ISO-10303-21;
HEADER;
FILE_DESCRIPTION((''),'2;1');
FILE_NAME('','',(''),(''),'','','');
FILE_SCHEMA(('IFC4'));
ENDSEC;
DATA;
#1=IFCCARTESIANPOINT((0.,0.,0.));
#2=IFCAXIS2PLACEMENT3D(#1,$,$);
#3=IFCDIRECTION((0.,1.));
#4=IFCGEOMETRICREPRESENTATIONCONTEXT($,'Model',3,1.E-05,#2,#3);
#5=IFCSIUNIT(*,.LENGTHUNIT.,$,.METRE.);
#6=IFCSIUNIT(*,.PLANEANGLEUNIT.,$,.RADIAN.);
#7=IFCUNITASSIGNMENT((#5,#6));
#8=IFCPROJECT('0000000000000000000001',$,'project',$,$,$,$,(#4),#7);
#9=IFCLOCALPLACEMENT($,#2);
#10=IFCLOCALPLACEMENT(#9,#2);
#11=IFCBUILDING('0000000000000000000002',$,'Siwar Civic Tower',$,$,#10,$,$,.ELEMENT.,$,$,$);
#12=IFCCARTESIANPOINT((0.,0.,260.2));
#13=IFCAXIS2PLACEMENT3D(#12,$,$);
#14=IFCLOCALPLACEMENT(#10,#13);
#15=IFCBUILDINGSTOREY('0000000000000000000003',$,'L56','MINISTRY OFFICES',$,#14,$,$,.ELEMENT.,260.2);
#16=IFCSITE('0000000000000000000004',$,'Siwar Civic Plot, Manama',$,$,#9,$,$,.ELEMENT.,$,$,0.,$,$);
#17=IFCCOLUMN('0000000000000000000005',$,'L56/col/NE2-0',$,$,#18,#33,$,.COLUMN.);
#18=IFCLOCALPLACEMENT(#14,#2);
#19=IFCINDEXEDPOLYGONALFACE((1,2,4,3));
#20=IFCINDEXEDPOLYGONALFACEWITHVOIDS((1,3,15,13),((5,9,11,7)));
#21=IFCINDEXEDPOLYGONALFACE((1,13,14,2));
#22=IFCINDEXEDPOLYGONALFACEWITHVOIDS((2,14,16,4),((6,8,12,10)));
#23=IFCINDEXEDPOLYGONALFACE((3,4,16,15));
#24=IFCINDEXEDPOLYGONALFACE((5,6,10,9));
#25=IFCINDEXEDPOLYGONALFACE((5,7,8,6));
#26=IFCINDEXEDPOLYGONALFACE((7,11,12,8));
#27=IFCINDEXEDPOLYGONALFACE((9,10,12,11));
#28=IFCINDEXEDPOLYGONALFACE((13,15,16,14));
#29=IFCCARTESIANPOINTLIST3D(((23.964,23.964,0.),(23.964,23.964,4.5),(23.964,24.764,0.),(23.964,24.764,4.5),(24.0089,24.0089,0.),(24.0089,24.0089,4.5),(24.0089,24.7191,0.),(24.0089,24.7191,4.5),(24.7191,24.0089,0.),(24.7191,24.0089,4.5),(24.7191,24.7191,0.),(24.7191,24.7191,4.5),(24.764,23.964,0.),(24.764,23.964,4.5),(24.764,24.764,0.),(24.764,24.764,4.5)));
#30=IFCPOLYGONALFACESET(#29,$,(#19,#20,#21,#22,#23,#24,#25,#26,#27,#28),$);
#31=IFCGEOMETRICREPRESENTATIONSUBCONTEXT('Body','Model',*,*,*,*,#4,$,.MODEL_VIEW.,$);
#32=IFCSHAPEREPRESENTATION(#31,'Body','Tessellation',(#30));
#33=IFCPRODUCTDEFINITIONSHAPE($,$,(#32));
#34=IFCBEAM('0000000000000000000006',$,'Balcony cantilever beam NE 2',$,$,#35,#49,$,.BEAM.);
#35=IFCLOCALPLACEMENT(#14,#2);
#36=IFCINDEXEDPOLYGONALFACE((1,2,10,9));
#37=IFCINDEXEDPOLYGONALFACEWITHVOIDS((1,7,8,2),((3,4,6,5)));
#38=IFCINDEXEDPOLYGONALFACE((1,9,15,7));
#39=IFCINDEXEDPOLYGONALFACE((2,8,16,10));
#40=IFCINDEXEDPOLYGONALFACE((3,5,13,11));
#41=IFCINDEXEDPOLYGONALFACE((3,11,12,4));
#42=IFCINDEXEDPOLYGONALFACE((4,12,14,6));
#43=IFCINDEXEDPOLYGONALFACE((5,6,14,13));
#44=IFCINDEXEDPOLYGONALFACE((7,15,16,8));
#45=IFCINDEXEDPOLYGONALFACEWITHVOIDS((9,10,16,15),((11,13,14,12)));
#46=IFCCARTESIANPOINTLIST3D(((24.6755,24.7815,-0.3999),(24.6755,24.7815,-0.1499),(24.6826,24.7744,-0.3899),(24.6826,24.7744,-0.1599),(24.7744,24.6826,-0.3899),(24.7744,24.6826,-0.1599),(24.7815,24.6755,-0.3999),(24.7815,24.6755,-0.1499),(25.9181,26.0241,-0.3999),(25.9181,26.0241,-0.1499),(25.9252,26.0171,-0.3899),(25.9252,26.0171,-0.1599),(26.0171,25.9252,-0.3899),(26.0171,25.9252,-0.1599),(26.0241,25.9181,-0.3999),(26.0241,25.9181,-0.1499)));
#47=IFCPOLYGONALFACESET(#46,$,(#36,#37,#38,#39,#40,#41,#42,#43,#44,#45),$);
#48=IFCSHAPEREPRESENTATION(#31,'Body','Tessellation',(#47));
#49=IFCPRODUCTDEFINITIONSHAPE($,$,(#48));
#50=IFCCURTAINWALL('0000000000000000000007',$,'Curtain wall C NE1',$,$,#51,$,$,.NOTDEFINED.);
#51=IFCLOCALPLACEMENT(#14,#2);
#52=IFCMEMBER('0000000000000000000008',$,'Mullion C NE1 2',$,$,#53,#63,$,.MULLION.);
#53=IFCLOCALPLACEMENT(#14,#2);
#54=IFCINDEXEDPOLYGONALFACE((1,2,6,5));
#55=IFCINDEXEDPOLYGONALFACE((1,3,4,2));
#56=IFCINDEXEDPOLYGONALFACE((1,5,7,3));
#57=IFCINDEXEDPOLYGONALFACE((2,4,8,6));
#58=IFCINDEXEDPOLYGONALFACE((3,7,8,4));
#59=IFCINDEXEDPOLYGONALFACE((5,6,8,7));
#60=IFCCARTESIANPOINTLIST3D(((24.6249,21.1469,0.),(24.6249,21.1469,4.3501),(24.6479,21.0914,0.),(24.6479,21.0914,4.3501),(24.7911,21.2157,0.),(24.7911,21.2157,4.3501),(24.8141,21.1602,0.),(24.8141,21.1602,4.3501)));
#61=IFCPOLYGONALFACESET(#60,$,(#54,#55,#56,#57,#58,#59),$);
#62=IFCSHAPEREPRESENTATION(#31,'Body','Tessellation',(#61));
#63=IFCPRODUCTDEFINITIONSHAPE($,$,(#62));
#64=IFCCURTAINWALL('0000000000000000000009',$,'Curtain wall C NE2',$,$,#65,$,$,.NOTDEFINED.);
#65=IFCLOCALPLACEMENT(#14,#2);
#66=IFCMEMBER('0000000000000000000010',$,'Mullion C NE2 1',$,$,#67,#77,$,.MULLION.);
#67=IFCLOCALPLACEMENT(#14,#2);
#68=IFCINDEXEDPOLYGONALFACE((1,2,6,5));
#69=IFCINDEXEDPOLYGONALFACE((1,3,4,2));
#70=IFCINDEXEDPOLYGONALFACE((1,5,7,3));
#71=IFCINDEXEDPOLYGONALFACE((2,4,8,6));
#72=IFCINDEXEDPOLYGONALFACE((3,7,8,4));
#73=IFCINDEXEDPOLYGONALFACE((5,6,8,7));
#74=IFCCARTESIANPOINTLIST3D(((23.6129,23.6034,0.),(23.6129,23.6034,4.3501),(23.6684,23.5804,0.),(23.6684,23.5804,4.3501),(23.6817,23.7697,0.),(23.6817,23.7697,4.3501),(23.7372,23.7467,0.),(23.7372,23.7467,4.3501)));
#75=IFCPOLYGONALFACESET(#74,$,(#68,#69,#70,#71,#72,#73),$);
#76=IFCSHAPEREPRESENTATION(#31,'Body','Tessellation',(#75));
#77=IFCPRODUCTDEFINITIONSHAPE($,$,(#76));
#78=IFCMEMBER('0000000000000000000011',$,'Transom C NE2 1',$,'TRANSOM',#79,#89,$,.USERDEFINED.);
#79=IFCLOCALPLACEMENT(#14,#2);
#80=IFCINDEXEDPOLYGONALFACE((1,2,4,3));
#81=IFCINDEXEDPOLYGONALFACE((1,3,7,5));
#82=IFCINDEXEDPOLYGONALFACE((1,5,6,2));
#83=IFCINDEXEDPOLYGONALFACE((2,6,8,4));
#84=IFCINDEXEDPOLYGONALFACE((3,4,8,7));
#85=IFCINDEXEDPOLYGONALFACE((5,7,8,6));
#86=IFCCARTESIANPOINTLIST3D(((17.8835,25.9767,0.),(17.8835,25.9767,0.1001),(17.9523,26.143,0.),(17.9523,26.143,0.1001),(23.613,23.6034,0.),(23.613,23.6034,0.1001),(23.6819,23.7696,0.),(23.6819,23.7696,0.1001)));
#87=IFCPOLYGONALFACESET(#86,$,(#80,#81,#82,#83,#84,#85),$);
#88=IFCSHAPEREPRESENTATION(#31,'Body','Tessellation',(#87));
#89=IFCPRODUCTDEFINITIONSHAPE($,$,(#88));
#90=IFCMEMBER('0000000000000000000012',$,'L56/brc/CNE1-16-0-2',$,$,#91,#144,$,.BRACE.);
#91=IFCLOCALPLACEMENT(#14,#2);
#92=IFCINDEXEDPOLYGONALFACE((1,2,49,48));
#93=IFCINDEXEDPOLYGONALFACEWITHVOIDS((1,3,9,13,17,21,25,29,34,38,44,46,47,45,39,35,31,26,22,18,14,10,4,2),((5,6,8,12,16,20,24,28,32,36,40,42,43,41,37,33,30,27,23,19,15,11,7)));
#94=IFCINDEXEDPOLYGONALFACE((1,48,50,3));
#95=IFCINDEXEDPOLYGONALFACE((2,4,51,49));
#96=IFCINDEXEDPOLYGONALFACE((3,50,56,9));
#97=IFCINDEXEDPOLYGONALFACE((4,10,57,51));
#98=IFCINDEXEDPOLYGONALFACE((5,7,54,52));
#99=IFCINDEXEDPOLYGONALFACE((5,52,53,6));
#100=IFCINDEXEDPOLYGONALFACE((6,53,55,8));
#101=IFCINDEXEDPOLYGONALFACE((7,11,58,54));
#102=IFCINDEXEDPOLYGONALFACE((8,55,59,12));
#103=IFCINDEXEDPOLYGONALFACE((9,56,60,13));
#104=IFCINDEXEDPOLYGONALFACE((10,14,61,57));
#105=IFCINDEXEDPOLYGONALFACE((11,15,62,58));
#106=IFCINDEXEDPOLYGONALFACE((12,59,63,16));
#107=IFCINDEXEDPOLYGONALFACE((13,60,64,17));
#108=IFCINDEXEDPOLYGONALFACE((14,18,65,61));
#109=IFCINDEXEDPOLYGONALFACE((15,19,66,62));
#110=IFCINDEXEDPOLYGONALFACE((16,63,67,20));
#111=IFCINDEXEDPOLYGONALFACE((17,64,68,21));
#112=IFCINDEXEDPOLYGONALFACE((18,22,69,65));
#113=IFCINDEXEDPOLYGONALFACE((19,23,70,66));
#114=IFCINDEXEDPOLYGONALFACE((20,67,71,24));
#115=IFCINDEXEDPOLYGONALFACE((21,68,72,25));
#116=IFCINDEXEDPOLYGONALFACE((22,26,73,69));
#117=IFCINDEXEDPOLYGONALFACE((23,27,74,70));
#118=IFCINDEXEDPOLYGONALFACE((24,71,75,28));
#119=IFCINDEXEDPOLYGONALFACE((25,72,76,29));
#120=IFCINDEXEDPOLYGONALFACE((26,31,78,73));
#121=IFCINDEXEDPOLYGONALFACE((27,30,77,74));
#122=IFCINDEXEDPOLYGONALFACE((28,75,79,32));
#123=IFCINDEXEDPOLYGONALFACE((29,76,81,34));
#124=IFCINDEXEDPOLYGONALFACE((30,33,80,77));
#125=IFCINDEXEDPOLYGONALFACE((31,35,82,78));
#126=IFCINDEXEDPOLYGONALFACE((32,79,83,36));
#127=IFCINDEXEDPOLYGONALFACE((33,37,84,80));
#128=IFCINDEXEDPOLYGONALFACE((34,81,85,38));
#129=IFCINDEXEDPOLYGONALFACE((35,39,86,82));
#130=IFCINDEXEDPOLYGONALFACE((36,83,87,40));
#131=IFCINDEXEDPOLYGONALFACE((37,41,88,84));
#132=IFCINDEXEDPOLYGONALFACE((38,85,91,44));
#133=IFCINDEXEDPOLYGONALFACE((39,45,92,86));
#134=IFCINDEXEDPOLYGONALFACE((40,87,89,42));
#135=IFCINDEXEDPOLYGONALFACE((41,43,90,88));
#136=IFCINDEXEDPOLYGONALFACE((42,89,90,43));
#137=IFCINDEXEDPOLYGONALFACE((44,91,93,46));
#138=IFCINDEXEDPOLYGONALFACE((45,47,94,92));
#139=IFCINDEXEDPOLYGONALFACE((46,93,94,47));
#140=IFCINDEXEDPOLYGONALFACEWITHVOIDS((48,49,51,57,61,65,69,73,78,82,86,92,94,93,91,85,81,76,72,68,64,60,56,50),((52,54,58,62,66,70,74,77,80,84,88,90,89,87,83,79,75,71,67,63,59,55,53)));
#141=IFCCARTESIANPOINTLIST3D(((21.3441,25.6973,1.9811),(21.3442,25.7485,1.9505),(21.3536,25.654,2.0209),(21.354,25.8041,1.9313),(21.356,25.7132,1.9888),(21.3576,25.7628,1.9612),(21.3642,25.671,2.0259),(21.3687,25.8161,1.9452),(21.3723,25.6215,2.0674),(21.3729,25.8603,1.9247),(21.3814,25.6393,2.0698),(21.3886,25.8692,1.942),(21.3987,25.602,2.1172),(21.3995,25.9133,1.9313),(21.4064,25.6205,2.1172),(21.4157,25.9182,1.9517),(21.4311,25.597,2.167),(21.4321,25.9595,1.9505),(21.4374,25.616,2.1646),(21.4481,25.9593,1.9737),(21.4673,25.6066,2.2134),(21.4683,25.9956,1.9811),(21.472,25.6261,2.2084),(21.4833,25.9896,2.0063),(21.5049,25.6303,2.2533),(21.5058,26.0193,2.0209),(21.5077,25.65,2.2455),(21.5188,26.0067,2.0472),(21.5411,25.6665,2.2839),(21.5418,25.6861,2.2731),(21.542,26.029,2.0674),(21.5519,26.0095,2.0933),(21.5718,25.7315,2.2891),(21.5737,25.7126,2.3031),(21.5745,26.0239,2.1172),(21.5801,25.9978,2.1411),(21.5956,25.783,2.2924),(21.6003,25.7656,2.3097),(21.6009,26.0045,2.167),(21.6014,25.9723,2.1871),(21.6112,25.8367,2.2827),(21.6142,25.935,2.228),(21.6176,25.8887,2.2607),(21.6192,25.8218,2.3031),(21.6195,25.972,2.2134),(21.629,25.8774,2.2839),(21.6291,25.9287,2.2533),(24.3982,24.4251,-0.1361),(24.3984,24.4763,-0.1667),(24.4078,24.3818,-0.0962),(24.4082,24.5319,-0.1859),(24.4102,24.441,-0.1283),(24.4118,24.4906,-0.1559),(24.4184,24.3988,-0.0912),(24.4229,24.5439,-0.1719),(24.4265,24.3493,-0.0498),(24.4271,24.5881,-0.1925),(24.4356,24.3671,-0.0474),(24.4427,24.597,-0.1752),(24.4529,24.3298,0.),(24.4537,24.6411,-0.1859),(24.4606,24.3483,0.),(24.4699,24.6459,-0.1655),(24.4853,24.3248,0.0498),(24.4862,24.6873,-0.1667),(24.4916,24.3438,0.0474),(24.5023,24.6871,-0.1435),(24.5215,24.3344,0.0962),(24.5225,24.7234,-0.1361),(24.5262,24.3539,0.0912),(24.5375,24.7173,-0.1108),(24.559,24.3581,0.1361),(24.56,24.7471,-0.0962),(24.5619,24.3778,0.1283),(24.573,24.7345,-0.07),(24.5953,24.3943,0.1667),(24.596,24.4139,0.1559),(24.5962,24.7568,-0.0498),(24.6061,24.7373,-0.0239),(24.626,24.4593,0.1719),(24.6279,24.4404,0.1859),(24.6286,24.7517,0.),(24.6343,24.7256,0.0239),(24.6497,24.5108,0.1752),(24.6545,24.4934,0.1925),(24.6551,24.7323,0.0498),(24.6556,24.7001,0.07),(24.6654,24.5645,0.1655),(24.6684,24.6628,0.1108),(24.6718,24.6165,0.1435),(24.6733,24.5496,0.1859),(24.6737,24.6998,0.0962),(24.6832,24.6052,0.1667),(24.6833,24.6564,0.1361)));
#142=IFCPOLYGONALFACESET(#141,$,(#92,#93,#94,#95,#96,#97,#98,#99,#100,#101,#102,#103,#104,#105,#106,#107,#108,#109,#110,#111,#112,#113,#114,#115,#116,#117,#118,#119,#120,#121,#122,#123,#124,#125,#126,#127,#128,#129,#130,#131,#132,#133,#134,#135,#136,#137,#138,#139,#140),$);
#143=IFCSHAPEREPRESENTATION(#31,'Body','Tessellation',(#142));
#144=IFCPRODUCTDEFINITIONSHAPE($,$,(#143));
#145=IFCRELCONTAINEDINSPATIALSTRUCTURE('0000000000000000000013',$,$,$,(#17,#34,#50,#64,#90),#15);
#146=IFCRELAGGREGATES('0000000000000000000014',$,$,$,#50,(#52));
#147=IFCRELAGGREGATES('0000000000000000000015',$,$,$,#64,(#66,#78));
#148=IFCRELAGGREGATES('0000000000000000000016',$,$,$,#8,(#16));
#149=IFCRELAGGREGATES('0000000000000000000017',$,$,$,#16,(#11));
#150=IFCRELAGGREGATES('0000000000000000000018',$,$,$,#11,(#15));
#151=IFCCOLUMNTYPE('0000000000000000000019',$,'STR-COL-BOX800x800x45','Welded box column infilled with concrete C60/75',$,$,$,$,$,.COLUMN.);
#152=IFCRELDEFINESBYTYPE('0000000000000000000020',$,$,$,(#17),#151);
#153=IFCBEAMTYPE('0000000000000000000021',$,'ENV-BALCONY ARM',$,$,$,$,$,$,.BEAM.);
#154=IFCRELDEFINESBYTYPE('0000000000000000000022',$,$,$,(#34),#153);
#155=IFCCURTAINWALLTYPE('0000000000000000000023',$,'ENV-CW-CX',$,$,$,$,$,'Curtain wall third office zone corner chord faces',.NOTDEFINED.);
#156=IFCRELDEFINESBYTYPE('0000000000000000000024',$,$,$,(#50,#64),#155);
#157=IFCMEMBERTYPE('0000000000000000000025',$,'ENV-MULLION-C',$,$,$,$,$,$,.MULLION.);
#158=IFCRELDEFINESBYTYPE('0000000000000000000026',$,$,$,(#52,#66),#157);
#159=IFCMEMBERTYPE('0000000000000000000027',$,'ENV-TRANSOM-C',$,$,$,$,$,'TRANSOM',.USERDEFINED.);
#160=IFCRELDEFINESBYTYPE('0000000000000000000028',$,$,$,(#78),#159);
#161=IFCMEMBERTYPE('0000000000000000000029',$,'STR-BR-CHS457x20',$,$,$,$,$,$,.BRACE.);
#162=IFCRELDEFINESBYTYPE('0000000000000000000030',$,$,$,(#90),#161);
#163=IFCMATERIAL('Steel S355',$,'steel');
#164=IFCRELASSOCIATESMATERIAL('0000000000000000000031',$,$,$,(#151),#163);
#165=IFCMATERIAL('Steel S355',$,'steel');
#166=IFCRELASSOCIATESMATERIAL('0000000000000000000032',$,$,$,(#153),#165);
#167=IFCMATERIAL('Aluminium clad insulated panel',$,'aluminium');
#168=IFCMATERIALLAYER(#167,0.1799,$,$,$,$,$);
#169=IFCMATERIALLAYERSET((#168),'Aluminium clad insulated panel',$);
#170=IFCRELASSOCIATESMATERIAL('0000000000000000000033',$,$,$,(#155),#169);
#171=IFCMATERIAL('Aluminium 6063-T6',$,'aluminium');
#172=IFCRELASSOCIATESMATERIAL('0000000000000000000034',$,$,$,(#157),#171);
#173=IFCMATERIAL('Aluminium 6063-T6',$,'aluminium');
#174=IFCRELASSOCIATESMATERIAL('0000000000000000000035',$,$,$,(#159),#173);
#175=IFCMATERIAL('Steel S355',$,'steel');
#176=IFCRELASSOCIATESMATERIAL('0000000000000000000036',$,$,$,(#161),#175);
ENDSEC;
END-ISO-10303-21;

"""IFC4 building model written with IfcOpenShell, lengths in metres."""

from ifc_helpers import new_model, si_unit, direction, frame, origin, origin_2d, place, context, subcontext, project, spatial, rectangle, hollow_rectangle, hollow_circle, extrude, material, layer, layer_set, material_profile, profile_set, type_object, element, aggregate, save


model = new_model("IFC4")

# Units and contexts
model_context = context("Model", 3, precision=1e-05, world=origin(), true_north=direction((0.0, 1.0)))
body_context = subcontext(model_context, "Body", "Model", "MODEL_VIEW")
ifc_project = project(units=[si_unit("LENGTHUNIT", "METRE"), si_unit("PLANEANGLEUNIT", "RADIAN")], contexts=[model_context])

# Site, building, storey
site_placement = place(None, origin())
site = spatial("IfcSite", under=ifc_project, at=site_placement, Name="Siwar Civic Plot, Manama", CompositionType="ELEMENT", RefElevation=0.0)
building_placement = place(site_placement, origin())
building = spatial("IfcBuilding", under=site, at=building_placement, Name="Siwar Civic Tower", CompositionType="ELEMENT")
storey_placement = place(building_placement, frame((0.0, 0.0, 260.2)))
storey = spatial("IfcBuildingStorey", under=building, at=storey_placement, Name="L56", Description="MINISTRY OFFICES", CompositionType="ELEMENT", Elevation=260.2)

# Column
ifc_material_1 = material(Name="Steel S355", Category="steel")
ifc_material_profile_1 = material_profile(ifc_material_1, hollow_rectangle(XDim=0.8, YDim=0.8, WallThickness=0.0449, at=origin_2d()), Name="BOX800x800x45")
ifc_profile_set_1 = profile_set([ifc_material_profile_1], Name="Steel S355")
column_type = type_object("IfcColumnType", Name="STR-COL-BOX800x800x45", Description="Welded box column infilled with concrete C60/75", PredefinedType="COLUMN", material=ifc_profile_set_1)
column_placement = place(storey_placement, frame((24.364, 24.364, 0.0), z_axis=(0.0, 0.0, 1.0), x_axis=(1.0, 0.0, 0.0)))
element("IfcColumn", 1, at=column_placement, inside=storey, type_object=column_type, Name="L56/col/NE2-0", PredefinedType="COLUMN", context=body_context, shape_type="SweptSolid", body=[
    extrude(hollow_rectangle(XDim=0.8, YDim=0.8, WallThickness=0.0449, at=origin_2d()), origin(), (0.0, 0.0, 1.0), 4.5),
])

# Beam
ifc_material_2 = material(Name="Steel S355", Category="steel")
ifc_material_profile_2 = material_profile(ifc_material_2, hollow_rectangle(XDim=0.1499, YDim=0.25, WallThickness=0.01, at=origin_2d()), Name="RHS250x150x10")
ifc_profile_set_2 = profile_set([ifc_material_profile_2], Name="Steel S355")
beam_type_1 = type_object("IfcBeamType", Name="ENV-BALCONY ARM", PredefinedType="BEAM", material=ifc_profile_set_2)
beam_1_placement = place(storey_placement, frame((24.7285, 24.7285, -0.2749), z_axis=(0.707107, 0.707107, 0.0), x_axis=(-0.707107, 0.707107, 0.0)))
element("IfcBeam", 2, at=beam_1_placement, inside=storey, type_object=beam_type_1, Name="Balcony cantilever beam NE 2", PredefinedType="BEAM", context=body_context, shape_type="SweptSolid", body=[
    extrude(hollow_rectangle(XDim=0.1499, YDim=0.25, WallThickness=0.01, at=origin_2d()), origin(), (0.0, 0.0, 1.0), 1.7573),
])

# Curtain wall, member
ifc_material_3 = material(Name="Aluminium clad insulated panel", Category="aluminium")
ifc_layer_1 = layer(ifc_material_3, 0.1799)
ifc_layer_set_1 = layer_set([ifc_layer_1], Name="Aluminium clad insulated panel")
curtain_wall_type = type_object("IfcCurtainWallType", Name="ENV-CW-CX", ElementType="Curtain wall third office zone corner chord faces", PredefinedType="NOTDEFINED", material=ifc_layer_set_1)
curtain_wall_1_placement = place(storey_placement, origin())
curtain_wall_1 = element("IfcCurtainWall", 3, at=curtain_wall_1_placement, inside=storey, type_object=curtain_wall_type, Name="Curtain wall C NE1", PredefinedType="NOTDEFINED")
ifc_material_4 = material(Name="Aluminium 6063-T6", Category="aluminium")
ifc_material_profile_3 = material_profile(ifc_material_4, rectangle(XDim=0.1799, YDim=0.0601, at=origin_2d()), Name="AL 180x60")
ifc_profile_set_3 = profile_set([ifc_material_profile_3], Name="Aluminium 6063-T6")
member_type_1 = type_object("IfcMemberType", Name="ENV-MULLION-C", PredefinedType="MULLION", material=ifc_profile_set_3)
member_1_placement = place(storey_placement, frame((24.7195, 21.1536, 0.0), z_axis=(0.0, 0.0, 1.0), x_axis=(-0.92388, -0.382683, 0.0)))
member_1 = element("IfcMember", 4, at=member_1_placement, type_object=member_type_1, Name="Mullion C NE1 2", PredefinedType="MULLION", context=body_context, shape_type="SweptSolid", body=[
    extrude(rectangle(XDim=0.1799, YDim=0.0601, at=origin_2d()), origin(), (0.0, 0.0, 1.0), 4.3501),
])

# Curtain wall, members
curtain_wall_2_placement = place(storey_placement, origin())
curtain_wall_2 = element("IfcCurtainWall", 5, at=curtain_wall_2_placement, inside=storey, type_object=curtain_wall_type, Name="Curtain wall C NE2", PredefinedType="NOTDEFINED")
member_2_placement = place(storey_placement, frame((23.675, 23.675, 0.0), z_axis=(0.0, 0.0, 1.0), x_axis=(-0.382683, -0.92388, 0.0)))
member_2 = element("IfcMember", 6, at=member_2_placement, type_object=member_type_1, Name="Mullion C NE2 1", PredefinedType="MULLION", context=body_context, shape_type="SweptSolid", body=[
    extrude(rectangle(XDim=0.1799, YDim=0.0601, at=origin_2d()), origin(), (0.0, 0.0, 1.0), 4.3501),
])
ifc_material_5 = material(Name="Aluminium 6063-T6", Category="aluminium")
ifc_material_profile_4 = material_profile(ifc_material_5, rectangle(XDim=0.1799, YDim=0.1001, at=origin_2d()), Name="AL 180x100")
ifc_profile_set_4 = profile_set([ifc_material_profile_4], Name="Aluminium 6063-T6")
member_type_2 = type_object("IfcMemberType", Name="ENV-TRANSOM-C", ElementType="TRANSOM", PredefinedType="USERDEFINED", material=ifc_profile_set_4)
member_3_placement = place(storey_placement, frame((23.6475, 23.6865, 0.05), z_axis=(-0.923876, 0.382691, 0.0), x_axis=(-0.382691, -0.923876, 0.0)))
member_3 = element("IfcMember", 7, at=member_3_placement, type_object=member_type_2, Name="Transom C NE2 1", ObjectType="TRANSOM", PredefinedType="USERDEFINED", context=body_context, shape_type="SweptSolid", body=[
    extrude(rectangle(XDim=0.1799, YDim=0.1001, at=origin_2d()), origin(), (0.0, 0.0, 1.0), 6.2017),
])

# Member
ifc_material_6 = material(Name="Steel S355", Category="steel")
ifc_material_profile_5 = material_profile(ifc_material_6, hollow_circle(Radius=0.2285, WallThickness=0.02, at=origin_2d()), Name="CHS457x20")
ifc_profile_set_5 = profile_set([ifc_material_profile_5], Name="Steel S355")
member_type_3 = type_object("IfcMemberType", Name="STR-BR-CHS457x20", PredefinedType="BRACE", material=ifc_profile_set_5)
for number, where, z_axis, x_axis, name in (
    (8, (24.5408, 24.5408, 0.0), (-0.777546, 0.323884, 0.538999), (-0.384521, -0.923116, 0.0), "L56/brc/CNE1-16-0-2"),
):
    element("IfcMember", number, at=place(storey_placement, frame(where, z_axis=z_axis, x_axis=x_axis)), inside=storey, type_object=member_type_3, Name=name, PredefinedType="BRACE", context=body_context, shape_type="SweptSolid", body=[
        extrude(hollow_circle(Radius=0.2285, WallThickness=0.02, at=origin_2d()), origin(), (0.0, 0.0, 1.0), 3.928),
    ])

aggregate(curtain_wall_1, [member_1])
aggregate(curtain_wall_2, [member_2, member_3])

save(model, "model.ifc")
